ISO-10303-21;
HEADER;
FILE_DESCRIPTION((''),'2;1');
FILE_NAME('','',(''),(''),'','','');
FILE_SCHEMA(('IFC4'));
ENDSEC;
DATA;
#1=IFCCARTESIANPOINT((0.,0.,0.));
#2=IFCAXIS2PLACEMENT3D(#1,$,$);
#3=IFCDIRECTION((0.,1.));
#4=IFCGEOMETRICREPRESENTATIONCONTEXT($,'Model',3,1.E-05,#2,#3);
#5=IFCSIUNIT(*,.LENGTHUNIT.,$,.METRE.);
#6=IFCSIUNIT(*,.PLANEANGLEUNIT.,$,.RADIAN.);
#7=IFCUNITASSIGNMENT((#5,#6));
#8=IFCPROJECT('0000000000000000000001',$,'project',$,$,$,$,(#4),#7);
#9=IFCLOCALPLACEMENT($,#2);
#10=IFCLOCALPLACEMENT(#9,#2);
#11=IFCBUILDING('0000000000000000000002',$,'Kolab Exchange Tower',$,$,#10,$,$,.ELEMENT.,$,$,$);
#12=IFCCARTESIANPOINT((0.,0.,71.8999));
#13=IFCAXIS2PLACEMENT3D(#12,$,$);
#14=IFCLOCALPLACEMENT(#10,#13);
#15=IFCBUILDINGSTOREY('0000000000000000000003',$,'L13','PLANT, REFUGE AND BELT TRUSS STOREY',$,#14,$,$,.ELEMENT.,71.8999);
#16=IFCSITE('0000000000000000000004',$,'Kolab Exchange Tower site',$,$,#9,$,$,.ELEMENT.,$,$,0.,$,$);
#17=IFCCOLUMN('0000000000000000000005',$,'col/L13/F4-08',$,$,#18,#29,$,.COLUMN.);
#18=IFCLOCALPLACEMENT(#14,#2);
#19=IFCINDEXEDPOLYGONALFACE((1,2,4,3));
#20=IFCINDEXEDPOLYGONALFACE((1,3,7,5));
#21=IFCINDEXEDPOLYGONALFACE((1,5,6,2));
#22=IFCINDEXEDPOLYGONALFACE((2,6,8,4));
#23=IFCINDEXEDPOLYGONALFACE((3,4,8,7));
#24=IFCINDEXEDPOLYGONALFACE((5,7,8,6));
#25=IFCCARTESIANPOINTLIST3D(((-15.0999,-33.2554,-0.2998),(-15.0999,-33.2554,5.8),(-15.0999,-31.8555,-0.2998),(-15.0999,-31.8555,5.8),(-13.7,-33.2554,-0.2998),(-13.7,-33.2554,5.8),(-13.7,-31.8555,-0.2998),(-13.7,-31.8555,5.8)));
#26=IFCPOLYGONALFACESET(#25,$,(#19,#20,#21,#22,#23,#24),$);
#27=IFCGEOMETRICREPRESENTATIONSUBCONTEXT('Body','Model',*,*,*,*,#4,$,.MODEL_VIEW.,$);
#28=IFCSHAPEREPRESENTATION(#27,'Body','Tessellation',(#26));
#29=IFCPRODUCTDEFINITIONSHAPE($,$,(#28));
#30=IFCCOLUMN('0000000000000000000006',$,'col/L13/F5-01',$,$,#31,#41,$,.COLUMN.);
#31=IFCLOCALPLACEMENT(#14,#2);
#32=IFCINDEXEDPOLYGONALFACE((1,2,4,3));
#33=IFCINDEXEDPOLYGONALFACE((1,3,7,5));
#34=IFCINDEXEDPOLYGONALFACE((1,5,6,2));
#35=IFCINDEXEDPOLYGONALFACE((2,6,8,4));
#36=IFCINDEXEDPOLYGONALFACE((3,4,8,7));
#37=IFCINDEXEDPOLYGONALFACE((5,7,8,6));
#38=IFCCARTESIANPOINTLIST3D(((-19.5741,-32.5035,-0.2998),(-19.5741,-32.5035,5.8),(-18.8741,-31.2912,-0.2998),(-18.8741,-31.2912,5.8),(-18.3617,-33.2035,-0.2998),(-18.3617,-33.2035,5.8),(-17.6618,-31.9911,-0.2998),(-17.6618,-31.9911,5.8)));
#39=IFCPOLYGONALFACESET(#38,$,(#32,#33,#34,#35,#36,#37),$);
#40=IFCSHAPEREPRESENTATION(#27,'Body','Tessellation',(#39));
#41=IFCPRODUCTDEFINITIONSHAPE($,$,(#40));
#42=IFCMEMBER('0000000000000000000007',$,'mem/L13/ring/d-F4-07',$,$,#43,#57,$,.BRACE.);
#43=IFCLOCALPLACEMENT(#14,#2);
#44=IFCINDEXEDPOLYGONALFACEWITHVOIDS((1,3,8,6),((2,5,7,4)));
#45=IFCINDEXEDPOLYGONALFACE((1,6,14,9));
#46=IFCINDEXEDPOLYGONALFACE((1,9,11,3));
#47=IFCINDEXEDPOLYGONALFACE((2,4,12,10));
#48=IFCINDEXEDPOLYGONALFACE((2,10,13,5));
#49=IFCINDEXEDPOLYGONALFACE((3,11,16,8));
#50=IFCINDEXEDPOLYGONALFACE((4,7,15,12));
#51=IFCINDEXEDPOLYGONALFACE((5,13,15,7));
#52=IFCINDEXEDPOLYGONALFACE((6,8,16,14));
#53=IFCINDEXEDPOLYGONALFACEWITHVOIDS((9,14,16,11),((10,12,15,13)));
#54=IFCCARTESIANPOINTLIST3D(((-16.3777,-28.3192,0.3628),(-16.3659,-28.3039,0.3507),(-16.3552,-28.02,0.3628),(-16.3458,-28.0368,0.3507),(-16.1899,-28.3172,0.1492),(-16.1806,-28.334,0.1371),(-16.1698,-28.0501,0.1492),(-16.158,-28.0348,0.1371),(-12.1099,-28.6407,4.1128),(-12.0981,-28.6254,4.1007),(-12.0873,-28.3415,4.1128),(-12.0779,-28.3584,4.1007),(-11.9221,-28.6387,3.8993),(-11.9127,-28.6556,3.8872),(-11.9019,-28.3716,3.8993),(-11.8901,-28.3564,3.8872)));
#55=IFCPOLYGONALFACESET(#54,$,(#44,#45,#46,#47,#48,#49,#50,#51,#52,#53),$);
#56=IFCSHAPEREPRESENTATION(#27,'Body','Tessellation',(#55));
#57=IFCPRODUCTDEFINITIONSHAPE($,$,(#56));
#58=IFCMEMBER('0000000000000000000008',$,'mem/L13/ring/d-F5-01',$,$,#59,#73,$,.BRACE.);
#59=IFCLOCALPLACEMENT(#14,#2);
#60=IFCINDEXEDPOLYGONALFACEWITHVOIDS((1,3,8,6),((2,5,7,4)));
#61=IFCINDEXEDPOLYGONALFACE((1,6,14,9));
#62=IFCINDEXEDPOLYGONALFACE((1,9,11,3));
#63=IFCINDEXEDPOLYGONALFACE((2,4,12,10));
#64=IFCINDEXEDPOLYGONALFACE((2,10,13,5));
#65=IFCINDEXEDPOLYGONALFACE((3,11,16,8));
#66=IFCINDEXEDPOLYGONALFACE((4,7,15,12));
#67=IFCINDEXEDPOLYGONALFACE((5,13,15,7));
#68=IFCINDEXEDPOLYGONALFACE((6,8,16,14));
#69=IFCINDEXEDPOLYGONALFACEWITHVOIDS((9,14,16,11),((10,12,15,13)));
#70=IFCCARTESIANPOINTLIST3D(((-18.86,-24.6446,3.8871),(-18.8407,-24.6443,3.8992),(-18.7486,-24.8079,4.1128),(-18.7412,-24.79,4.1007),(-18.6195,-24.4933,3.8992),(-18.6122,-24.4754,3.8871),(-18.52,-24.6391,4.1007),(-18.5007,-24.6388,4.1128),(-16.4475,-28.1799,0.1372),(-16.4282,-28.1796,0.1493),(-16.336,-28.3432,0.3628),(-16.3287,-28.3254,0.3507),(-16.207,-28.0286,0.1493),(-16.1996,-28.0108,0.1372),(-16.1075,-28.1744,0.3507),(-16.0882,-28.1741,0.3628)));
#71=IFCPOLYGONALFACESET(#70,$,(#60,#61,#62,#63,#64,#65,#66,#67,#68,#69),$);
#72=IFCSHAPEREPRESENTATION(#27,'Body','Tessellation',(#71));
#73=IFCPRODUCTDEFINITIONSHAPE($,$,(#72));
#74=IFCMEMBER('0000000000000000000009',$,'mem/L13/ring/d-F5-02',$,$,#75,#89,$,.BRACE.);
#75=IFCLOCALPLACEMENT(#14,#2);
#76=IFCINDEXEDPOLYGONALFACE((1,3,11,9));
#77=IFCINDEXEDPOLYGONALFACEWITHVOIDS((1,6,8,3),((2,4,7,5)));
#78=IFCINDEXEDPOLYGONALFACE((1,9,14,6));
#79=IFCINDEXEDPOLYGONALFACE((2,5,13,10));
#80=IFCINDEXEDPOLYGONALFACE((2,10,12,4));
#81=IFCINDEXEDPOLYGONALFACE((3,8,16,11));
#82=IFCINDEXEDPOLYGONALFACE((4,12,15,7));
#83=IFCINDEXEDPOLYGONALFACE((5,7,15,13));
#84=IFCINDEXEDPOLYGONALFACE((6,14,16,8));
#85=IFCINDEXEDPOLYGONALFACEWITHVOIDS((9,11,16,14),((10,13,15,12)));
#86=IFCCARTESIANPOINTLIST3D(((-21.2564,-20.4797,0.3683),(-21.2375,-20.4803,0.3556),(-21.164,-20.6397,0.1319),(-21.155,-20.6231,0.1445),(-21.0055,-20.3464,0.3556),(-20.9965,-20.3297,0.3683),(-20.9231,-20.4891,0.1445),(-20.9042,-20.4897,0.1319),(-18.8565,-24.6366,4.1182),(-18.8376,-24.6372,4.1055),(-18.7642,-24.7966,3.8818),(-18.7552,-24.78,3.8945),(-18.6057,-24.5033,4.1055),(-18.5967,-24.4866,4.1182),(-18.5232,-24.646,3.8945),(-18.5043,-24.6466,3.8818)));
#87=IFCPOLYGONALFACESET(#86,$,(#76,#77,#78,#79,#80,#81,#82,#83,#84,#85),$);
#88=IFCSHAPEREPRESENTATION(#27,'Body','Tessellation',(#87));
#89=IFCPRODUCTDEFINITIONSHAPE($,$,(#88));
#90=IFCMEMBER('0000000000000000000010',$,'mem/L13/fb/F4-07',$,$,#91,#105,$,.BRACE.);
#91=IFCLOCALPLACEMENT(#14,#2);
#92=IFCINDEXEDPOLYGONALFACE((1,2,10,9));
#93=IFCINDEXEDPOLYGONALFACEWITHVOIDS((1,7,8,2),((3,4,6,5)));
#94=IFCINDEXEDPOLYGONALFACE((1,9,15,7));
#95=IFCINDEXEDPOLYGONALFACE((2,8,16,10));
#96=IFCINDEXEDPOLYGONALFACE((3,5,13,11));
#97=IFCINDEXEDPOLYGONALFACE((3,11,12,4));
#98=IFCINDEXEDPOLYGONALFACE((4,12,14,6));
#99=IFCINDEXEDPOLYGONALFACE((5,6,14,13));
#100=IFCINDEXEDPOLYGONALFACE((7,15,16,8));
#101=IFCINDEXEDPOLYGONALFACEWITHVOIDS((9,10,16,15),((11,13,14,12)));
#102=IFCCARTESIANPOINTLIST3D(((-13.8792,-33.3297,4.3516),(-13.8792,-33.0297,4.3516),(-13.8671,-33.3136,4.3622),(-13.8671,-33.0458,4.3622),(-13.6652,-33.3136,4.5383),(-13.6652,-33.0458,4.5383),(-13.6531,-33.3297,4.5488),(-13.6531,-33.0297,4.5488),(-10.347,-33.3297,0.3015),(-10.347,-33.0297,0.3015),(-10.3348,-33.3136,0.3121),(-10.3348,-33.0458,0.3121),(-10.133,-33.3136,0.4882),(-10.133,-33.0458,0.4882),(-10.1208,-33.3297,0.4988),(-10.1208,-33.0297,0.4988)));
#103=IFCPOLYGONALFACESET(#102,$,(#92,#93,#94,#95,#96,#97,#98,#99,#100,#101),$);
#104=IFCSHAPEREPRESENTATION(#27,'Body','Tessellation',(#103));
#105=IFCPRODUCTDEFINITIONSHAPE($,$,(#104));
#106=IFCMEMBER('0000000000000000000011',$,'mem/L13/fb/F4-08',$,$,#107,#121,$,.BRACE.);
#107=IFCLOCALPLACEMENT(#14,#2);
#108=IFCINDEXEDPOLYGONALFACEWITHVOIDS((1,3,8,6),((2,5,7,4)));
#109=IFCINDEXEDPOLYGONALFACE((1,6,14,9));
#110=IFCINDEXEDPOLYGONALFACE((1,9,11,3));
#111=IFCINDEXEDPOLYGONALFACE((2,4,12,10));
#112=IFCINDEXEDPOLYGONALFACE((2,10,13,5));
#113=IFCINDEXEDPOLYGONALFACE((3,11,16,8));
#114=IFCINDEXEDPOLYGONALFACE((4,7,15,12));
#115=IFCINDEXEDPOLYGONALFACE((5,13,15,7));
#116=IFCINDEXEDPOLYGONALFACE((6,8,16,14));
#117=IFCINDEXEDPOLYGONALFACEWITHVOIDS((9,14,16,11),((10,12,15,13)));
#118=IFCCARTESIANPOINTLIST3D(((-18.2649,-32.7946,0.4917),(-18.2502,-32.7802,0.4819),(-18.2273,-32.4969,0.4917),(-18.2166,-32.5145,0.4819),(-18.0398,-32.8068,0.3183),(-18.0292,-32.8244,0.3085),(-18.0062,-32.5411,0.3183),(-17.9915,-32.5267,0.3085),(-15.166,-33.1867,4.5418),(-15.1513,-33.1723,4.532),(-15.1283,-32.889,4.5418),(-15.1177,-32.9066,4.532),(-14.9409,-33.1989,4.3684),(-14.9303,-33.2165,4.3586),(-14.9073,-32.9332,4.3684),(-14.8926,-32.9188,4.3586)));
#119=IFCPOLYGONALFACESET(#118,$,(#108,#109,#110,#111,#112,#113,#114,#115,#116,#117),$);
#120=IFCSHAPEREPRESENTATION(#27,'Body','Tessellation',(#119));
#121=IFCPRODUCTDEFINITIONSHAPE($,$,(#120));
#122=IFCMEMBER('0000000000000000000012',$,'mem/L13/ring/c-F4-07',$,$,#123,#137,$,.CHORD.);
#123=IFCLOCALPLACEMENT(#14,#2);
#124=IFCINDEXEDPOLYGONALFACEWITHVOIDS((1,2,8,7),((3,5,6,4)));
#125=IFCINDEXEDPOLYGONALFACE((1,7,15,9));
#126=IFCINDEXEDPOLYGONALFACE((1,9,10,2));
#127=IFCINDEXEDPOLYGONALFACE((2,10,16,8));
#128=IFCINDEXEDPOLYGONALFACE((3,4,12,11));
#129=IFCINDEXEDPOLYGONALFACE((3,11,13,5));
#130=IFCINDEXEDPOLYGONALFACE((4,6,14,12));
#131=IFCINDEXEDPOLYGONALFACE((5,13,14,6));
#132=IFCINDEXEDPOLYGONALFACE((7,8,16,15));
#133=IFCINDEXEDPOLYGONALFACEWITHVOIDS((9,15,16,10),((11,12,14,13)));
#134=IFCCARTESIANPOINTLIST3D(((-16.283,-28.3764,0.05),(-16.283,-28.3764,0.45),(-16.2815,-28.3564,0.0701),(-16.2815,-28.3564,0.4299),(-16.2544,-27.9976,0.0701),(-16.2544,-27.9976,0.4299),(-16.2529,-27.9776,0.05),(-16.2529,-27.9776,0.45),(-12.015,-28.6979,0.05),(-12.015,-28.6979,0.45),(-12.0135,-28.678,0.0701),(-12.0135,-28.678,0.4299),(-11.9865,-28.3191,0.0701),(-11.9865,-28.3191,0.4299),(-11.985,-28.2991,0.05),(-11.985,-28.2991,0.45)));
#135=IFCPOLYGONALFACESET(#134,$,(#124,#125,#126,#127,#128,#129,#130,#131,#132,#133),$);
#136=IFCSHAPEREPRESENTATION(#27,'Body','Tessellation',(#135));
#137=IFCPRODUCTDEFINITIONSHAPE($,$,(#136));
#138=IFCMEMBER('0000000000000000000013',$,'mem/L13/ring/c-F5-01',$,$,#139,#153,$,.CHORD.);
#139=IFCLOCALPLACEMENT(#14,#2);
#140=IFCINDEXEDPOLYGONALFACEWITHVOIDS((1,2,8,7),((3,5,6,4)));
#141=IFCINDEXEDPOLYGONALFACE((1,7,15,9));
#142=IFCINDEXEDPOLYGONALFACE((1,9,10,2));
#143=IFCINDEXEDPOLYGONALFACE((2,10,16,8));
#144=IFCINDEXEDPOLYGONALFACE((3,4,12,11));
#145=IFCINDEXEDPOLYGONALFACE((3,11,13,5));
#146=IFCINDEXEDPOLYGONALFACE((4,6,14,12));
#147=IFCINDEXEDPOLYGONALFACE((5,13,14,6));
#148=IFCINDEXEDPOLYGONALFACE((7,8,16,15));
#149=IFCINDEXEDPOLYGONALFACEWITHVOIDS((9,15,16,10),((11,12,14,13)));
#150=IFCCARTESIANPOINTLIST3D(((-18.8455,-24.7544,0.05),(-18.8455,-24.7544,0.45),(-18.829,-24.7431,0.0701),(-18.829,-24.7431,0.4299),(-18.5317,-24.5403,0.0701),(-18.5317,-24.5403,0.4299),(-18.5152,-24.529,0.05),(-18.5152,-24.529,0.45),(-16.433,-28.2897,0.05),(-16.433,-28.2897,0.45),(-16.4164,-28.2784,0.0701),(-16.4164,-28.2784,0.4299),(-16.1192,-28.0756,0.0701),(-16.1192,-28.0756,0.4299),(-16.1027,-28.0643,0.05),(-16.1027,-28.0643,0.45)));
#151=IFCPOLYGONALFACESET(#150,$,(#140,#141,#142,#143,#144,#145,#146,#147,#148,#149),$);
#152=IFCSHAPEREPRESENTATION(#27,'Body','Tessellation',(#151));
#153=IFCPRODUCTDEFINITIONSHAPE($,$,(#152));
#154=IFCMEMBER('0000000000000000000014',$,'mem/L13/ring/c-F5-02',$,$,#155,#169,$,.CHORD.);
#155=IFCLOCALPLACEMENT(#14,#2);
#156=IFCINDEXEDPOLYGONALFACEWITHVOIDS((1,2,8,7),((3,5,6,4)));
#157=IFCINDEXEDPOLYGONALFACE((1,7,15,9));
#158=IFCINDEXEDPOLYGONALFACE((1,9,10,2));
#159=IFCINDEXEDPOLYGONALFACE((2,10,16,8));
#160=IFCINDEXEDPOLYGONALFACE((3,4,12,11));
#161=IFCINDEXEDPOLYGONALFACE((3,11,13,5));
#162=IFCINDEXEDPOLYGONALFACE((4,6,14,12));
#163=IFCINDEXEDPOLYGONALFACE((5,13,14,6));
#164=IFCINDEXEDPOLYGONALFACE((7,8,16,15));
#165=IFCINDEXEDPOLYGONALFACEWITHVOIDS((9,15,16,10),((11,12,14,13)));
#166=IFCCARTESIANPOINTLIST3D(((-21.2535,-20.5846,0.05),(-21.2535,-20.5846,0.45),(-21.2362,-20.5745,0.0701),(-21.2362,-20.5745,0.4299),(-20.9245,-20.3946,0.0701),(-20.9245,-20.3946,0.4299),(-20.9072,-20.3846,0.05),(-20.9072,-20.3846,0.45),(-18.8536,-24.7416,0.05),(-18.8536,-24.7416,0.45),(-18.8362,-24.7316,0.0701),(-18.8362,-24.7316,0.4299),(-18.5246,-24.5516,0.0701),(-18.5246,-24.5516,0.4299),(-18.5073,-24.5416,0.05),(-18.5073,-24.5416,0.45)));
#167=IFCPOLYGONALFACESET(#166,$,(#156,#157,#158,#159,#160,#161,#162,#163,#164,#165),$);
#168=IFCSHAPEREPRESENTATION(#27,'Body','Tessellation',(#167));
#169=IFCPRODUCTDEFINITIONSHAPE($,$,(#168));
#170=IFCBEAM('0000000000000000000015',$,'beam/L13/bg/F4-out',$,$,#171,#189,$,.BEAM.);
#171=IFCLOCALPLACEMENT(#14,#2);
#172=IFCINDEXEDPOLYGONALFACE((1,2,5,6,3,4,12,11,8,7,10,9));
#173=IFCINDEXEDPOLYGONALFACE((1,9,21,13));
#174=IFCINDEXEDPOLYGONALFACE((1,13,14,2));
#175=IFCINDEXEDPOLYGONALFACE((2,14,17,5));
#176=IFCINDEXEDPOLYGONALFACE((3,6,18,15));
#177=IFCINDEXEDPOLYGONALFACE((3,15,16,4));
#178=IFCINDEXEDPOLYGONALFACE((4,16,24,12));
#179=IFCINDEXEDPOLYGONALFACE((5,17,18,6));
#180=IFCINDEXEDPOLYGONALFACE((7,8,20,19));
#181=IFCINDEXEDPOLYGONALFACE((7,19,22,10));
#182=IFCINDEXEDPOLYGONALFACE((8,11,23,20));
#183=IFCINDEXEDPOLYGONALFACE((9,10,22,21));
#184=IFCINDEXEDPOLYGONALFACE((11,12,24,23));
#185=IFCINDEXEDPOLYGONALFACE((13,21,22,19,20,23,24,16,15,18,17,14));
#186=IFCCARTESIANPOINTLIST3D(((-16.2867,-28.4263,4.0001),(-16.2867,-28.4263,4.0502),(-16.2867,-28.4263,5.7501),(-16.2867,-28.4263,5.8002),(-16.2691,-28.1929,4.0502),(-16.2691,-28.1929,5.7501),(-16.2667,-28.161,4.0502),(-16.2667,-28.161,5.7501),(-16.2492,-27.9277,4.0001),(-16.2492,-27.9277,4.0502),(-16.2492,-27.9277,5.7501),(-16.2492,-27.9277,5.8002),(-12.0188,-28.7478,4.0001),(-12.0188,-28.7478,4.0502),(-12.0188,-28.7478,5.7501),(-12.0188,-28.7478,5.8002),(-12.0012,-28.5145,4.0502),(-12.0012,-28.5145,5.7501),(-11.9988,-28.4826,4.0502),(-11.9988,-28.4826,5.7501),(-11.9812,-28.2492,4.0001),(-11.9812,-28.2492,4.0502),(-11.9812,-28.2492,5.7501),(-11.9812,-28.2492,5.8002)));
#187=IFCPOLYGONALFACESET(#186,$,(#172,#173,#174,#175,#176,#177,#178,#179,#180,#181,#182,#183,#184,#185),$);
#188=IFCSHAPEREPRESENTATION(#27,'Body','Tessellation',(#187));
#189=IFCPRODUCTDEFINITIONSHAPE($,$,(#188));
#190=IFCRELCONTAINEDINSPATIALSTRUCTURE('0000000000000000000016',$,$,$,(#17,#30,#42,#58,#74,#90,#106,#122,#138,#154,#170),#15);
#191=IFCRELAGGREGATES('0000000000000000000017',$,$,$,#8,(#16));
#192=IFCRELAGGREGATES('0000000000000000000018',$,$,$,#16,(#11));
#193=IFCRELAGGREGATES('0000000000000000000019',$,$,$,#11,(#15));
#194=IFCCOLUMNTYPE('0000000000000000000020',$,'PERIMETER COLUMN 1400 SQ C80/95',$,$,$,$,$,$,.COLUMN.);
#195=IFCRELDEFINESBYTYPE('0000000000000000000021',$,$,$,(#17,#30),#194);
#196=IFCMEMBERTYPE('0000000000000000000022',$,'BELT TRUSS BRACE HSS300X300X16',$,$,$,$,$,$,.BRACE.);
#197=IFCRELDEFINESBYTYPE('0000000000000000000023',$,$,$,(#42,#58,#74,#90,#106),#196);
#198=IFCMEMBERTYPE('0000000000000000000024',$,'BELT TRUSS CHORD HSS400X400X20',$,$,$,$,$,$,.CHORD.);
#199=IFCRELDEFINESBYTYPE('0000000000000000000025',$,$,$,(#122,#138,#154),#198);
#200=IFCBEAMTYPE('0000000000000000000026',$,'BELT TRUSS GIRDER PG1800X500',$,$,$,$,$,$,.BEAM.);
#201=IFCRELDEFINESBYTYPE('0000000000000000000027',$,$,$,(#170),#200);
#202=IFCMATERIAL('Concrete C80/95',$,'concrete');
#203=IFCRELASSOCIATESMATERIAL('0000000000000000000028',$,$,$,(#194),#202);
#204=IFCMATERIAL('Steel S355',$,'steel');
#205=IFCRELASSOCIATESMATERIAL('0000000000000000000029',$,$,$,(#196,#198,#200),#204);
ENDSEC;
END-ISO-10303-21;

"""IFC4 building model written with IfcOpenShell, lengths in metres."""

from ifc_helpers import new_model, si_unit, direction, frame, origin, origin_2d, place, context, subcontext, project, spatial, rectangle, hollow_rectangle, i_section, extrude, material, material_profile, profile_set, type_object, element, save


model = new_model("IFC4")

# Units and contexts
model_context = context("Model", 3, precision=1e-05, world=origin(), true_north=direction((0.0, 1.0)))
body_context = subcontext(model_context, "Body", "Model", "MODEL_VIEW")
ifc_project = project(units=[si_unit("LENGTHUNIT", "METRE"), si_unit("PLANEANGLEUNIT", "RADIAN")], contexts=[model_context])

# Site, building, storey
site_placement = place(None, origin())
site = spatial("IfcSite", under=ifc_project, at=site_placement, Name="Kolab Exchange Tower site", CompositionType="ELEMENT", RefElevation=0.0)
building_placement = place(site_placement, origin())
building = spatial("IfcBuilding", under=site, at=building_placement, Name="Kolab Exchange Tower", CompositionType="ELEMENT")
storey_placement = place(building_placement, frame((0.0, 0.0, 71.8999)))
storey = spatial("IfcBuildingStorey", under=building, at=storey_placement, Name="L13", Description="PLANT, REFUGE AND BELT TRUSS STOREY", CompositionType="ELEMENT", Elevation=71.8999)

# Columns
ifc_material_1 = material(Name="Concrete C80/95", Category="concrete")
ifc_material_profile_1 = material_profile(ifc_material_1, rectangle(XDim=1.3999, YDim=1.3999, at=origin_2d()), Name="RC1400")
ifc_profile_set_1 = profile_set([ifc_material_profile_1], Name="Concrete C80/95")
column_type = type_object("IfcColumnType", Name="PERIMETER COLUMN 1400 SQ C80/95", PredefinedType="COLUMN", material=ifc_profile_set_1)
for number, where, z_axis, x_axis, name in (
    (1, (-14.3999, -32.5554, -0.2998), (0.0, 0.0, 1.0), (1.0, 0.0, 0.0), "col/L13/F4-08"),
    (2, (-18.6179, -32.2473, -0.2998), (0.0, 0.0, 1.0), (0.5, 0.866025, 0.0), "col/L13/F5-01"),
):
    element("IfcColumn", number, at=place(storey_placement, frame(where, z_axis=z_axis, x_axis=x_axis)), inside=storey, type_object=column_type, Name=name, PredefinedType="COLUMN", context=body_context, shape_type="SweptSolid", body=[
        extrude(rectangle(XDim=1.3999, YDim=1.3999, at=origin_2d()), origin(), (0.0, 0.0, 1.0), 6.0999),
    ])

# Members
ifc_material_2 = material(Name="Steel S355", Category="steel")
ifc_material_profile_2 = material_profile(ifc_material_2, hollow_rectangle(XDim=0.3, YDim=0.3, WallThickness=0.0161, at=origin_2d()), Name="HSS300X300X16")
ifc_profile_set_2 = profile_set([ifc_material_profile_2], Name="Steel S355")
member_type_1 = type_object("IfcMemberType", Name="BELT TRUSS BRACE HSS300X300X16", PredefinedType="BRACE", material=ifc_profile_set_2)
for number, where, z_axis, x_axis, name in (
    (3, (-12.0, -28.4985, 4.0), (-0.750009, 0.056505, -0.659009), (-0.075126, -0.997174, 0.0), "mem/L13/ring/d-F4-07"),
    (4, (-16.2678, -28.177, 0.25), (-0.423967, 0.621277, 0.658989), (-0.825999, -0.563671, 0.0), "mem/L13/ring/d-F5-01"),
):
    element("IfcMember", number, at=place(storey_placement, frame(where, z_axis=z_axis, x_axis=x_axis)), inside=storey, type_object=member_type_1, Name=name, PredefinedType="BRACE", context=body_context, shape_type="SweptSolid", body=[
        extrude(hollow_rectangle(XDim=0.3, YDim=0.3, WallThickness=0.0161, at=origin_2d()), origin(), (0.0, 0.0, 1.0), 5.6904),
    ])
member_1_placement = place(storey_placement, frame((-18.6804, -24.6416, 4.0), z_axis=(-0.393996, 0.682459, -0.615644), x_axis=(-0.866037, -0.499979, 0.0)))
element("IfcMember", 5, at=member_1_placement, inside=storey, type_object=member_type_1, Name="mem/L13/ring/d-F5-02", PredefinedType="BRACE", context=body_context, shape_type="SweptSolid", body=[
    extrude(hollow_rectangle(XDim=0.3, YDim=0.3, WallThickness=0.0161, at=origin_2d()), origin(), (0.0, 0.0, 1.0), 6.0911),
])
member_2_placement = place(storey_placement, frame((-10.2339, -33.1797, 0.4001), z_axis=(-0.657285, 0.0, 0.753642), x_axis=(0.0, -1.0, 0.0)))
element("IfcMember", 6, at=member_2_placement, inside=storey, type_object=member_type_1, Name="mem/L13/fb/F4-07", PredefinedType="BRACE", context=body_context, shape_type="SweptSolid", body=[
    extrude(hollow_rectangle(XDim=0.3, YDim=0.3, WallThickness=0.0161, at=origin_2d()), origin(), (0.0, 0.0, 1.0), 5.374),
])
member_3_placement = place(storey_placement, frame((-15.0293, -33.0527, 4.4502), z_axis=(-0.605882, 0.07666, -0.791852), x_axis=(-0.125526, -0.99209, 0.0)))
element("IfcMember", 7, at=member_3_placement, inside=storey, type_object=member_type_1, Name="mem/L13/fb/F4-08", PredefinedType="BRACE", context=body_context, shape_type="SweptSolid", body=[
    extrude(hollow_rectangle(XDim=0.3, YDim=0.3, WallThickness=0.0161, at=origin_2d()), origin(), (0.0, 0.0, 1.0), 5.1147),
])
ifc_material_profile_3 = material_profile(ifc_material_2, hollow_rectangle(XDim=0.3999, YDim=0.3999, WallThickness=0.02, at=origin_2d()), Name="HSS400X400X20")
ifc_profile_set_3 = profile_set([ifc_material_profile_3], Name="Steel S355")
member_type_2 = type_object("IfcMemberType", Name="BELT TRUSS CHORD HSS400X400X20", PredefinedType="CHORD", material=ifc_profile_set_3)
for number, where, z_axis, x_axis, name in (
    (8, (-12.0, -28.4985, 0.25), (-0.997174, 0.075126, 0.0), (-0.075126, -0.997174, 0.0), "mem/L13/ring/c-F4-07"),
    (9, (-16.2678, -28.177, 0.25), (-0.563671, 0.825999, 0.0), (-0.825999, -0.563671, 0.0), "mem/L13/ring/c-F5-01"),
):
    element("IfcMember", number, at=place(storey_placement, frame(where, z_axis=z_axis, x_axis=x_axis)), inside=storey, type_object=member_type_2, Name=name, PredefinedType="CHORD", context=body_context, shape_type="SweptSolid", body=[
        extrude(hollow_rectangle(XDim=0.3999, YDim=0.3999, WallThickness=0.02, at=origin_2d()), origin(), (0.0, 0.0, 1.0), 4.28),
    ])
member_4_placement = place(storey_placement, frame((-18.6804, -24.6416, 0.25), z_axis=(-0.499979, 0.866037, 0.0), x_axis=(-0.866037, -0.499979, 0.0)))
element("IfcMember", 10, at=member_4_placement, inside=storey, type_object=member_type_2, Name="mem/L13/ring/c-F5-02", PredefinedType="CHORD", context=body_context, shape_type="SweptSolid", body=[
    extrude(hollow_rectangle(XDim=0.3999, YDim=0.3999, WallThickness=0.02, at=origin_2d()), origin(), (0.0, 0.0, 1.0), 4.8),
])

# Beam
ifc_material_profile_4 = material_profile(ifc_material_2, i_section(OverallWidth=0.5, OverallDepth=1.8, WebThickness=0.032, FlangeThickness=0.05, at=origin_2d()), Name="PG1800X500")
ifc_profile_set_4 = profile_set([ifc_material_profile_4], Name="Steel S355")
beam_type_1 = type_object("IfcBeamType", Name="BELT TRUSS GIRDER PG1800X500", PredefinedType="BEAM", material=ifc_profile_set_4)
for number, where, z_axis, x_axis, name in (
    (11, (-12.0, -28.4985, 4.9001), (-0.997174, 0.075126, 0.0), (-0.075126, -0.997174, 0.0), "beam/L13/bg/F4-out"),
):
    element("IfcBeam", number, at=place(storey_placement, frame(where, z_axis=z_axis, x_axis=x_axis)), inside=storey, type_object=beam_type_1, Name=name, PredefinedType="BEAM", context=body_context, shape_type="SweptSolid", body=[
        extrude(i_section(OverallWidth=0.5, OverallDepth=1.8, WebThickness=0.032, FlangeThickness=0.05, at=origin_2d()), origin(), (0.0, 0.0, 1.0), 4.28),
    ])

save(model, "model.ifc")
